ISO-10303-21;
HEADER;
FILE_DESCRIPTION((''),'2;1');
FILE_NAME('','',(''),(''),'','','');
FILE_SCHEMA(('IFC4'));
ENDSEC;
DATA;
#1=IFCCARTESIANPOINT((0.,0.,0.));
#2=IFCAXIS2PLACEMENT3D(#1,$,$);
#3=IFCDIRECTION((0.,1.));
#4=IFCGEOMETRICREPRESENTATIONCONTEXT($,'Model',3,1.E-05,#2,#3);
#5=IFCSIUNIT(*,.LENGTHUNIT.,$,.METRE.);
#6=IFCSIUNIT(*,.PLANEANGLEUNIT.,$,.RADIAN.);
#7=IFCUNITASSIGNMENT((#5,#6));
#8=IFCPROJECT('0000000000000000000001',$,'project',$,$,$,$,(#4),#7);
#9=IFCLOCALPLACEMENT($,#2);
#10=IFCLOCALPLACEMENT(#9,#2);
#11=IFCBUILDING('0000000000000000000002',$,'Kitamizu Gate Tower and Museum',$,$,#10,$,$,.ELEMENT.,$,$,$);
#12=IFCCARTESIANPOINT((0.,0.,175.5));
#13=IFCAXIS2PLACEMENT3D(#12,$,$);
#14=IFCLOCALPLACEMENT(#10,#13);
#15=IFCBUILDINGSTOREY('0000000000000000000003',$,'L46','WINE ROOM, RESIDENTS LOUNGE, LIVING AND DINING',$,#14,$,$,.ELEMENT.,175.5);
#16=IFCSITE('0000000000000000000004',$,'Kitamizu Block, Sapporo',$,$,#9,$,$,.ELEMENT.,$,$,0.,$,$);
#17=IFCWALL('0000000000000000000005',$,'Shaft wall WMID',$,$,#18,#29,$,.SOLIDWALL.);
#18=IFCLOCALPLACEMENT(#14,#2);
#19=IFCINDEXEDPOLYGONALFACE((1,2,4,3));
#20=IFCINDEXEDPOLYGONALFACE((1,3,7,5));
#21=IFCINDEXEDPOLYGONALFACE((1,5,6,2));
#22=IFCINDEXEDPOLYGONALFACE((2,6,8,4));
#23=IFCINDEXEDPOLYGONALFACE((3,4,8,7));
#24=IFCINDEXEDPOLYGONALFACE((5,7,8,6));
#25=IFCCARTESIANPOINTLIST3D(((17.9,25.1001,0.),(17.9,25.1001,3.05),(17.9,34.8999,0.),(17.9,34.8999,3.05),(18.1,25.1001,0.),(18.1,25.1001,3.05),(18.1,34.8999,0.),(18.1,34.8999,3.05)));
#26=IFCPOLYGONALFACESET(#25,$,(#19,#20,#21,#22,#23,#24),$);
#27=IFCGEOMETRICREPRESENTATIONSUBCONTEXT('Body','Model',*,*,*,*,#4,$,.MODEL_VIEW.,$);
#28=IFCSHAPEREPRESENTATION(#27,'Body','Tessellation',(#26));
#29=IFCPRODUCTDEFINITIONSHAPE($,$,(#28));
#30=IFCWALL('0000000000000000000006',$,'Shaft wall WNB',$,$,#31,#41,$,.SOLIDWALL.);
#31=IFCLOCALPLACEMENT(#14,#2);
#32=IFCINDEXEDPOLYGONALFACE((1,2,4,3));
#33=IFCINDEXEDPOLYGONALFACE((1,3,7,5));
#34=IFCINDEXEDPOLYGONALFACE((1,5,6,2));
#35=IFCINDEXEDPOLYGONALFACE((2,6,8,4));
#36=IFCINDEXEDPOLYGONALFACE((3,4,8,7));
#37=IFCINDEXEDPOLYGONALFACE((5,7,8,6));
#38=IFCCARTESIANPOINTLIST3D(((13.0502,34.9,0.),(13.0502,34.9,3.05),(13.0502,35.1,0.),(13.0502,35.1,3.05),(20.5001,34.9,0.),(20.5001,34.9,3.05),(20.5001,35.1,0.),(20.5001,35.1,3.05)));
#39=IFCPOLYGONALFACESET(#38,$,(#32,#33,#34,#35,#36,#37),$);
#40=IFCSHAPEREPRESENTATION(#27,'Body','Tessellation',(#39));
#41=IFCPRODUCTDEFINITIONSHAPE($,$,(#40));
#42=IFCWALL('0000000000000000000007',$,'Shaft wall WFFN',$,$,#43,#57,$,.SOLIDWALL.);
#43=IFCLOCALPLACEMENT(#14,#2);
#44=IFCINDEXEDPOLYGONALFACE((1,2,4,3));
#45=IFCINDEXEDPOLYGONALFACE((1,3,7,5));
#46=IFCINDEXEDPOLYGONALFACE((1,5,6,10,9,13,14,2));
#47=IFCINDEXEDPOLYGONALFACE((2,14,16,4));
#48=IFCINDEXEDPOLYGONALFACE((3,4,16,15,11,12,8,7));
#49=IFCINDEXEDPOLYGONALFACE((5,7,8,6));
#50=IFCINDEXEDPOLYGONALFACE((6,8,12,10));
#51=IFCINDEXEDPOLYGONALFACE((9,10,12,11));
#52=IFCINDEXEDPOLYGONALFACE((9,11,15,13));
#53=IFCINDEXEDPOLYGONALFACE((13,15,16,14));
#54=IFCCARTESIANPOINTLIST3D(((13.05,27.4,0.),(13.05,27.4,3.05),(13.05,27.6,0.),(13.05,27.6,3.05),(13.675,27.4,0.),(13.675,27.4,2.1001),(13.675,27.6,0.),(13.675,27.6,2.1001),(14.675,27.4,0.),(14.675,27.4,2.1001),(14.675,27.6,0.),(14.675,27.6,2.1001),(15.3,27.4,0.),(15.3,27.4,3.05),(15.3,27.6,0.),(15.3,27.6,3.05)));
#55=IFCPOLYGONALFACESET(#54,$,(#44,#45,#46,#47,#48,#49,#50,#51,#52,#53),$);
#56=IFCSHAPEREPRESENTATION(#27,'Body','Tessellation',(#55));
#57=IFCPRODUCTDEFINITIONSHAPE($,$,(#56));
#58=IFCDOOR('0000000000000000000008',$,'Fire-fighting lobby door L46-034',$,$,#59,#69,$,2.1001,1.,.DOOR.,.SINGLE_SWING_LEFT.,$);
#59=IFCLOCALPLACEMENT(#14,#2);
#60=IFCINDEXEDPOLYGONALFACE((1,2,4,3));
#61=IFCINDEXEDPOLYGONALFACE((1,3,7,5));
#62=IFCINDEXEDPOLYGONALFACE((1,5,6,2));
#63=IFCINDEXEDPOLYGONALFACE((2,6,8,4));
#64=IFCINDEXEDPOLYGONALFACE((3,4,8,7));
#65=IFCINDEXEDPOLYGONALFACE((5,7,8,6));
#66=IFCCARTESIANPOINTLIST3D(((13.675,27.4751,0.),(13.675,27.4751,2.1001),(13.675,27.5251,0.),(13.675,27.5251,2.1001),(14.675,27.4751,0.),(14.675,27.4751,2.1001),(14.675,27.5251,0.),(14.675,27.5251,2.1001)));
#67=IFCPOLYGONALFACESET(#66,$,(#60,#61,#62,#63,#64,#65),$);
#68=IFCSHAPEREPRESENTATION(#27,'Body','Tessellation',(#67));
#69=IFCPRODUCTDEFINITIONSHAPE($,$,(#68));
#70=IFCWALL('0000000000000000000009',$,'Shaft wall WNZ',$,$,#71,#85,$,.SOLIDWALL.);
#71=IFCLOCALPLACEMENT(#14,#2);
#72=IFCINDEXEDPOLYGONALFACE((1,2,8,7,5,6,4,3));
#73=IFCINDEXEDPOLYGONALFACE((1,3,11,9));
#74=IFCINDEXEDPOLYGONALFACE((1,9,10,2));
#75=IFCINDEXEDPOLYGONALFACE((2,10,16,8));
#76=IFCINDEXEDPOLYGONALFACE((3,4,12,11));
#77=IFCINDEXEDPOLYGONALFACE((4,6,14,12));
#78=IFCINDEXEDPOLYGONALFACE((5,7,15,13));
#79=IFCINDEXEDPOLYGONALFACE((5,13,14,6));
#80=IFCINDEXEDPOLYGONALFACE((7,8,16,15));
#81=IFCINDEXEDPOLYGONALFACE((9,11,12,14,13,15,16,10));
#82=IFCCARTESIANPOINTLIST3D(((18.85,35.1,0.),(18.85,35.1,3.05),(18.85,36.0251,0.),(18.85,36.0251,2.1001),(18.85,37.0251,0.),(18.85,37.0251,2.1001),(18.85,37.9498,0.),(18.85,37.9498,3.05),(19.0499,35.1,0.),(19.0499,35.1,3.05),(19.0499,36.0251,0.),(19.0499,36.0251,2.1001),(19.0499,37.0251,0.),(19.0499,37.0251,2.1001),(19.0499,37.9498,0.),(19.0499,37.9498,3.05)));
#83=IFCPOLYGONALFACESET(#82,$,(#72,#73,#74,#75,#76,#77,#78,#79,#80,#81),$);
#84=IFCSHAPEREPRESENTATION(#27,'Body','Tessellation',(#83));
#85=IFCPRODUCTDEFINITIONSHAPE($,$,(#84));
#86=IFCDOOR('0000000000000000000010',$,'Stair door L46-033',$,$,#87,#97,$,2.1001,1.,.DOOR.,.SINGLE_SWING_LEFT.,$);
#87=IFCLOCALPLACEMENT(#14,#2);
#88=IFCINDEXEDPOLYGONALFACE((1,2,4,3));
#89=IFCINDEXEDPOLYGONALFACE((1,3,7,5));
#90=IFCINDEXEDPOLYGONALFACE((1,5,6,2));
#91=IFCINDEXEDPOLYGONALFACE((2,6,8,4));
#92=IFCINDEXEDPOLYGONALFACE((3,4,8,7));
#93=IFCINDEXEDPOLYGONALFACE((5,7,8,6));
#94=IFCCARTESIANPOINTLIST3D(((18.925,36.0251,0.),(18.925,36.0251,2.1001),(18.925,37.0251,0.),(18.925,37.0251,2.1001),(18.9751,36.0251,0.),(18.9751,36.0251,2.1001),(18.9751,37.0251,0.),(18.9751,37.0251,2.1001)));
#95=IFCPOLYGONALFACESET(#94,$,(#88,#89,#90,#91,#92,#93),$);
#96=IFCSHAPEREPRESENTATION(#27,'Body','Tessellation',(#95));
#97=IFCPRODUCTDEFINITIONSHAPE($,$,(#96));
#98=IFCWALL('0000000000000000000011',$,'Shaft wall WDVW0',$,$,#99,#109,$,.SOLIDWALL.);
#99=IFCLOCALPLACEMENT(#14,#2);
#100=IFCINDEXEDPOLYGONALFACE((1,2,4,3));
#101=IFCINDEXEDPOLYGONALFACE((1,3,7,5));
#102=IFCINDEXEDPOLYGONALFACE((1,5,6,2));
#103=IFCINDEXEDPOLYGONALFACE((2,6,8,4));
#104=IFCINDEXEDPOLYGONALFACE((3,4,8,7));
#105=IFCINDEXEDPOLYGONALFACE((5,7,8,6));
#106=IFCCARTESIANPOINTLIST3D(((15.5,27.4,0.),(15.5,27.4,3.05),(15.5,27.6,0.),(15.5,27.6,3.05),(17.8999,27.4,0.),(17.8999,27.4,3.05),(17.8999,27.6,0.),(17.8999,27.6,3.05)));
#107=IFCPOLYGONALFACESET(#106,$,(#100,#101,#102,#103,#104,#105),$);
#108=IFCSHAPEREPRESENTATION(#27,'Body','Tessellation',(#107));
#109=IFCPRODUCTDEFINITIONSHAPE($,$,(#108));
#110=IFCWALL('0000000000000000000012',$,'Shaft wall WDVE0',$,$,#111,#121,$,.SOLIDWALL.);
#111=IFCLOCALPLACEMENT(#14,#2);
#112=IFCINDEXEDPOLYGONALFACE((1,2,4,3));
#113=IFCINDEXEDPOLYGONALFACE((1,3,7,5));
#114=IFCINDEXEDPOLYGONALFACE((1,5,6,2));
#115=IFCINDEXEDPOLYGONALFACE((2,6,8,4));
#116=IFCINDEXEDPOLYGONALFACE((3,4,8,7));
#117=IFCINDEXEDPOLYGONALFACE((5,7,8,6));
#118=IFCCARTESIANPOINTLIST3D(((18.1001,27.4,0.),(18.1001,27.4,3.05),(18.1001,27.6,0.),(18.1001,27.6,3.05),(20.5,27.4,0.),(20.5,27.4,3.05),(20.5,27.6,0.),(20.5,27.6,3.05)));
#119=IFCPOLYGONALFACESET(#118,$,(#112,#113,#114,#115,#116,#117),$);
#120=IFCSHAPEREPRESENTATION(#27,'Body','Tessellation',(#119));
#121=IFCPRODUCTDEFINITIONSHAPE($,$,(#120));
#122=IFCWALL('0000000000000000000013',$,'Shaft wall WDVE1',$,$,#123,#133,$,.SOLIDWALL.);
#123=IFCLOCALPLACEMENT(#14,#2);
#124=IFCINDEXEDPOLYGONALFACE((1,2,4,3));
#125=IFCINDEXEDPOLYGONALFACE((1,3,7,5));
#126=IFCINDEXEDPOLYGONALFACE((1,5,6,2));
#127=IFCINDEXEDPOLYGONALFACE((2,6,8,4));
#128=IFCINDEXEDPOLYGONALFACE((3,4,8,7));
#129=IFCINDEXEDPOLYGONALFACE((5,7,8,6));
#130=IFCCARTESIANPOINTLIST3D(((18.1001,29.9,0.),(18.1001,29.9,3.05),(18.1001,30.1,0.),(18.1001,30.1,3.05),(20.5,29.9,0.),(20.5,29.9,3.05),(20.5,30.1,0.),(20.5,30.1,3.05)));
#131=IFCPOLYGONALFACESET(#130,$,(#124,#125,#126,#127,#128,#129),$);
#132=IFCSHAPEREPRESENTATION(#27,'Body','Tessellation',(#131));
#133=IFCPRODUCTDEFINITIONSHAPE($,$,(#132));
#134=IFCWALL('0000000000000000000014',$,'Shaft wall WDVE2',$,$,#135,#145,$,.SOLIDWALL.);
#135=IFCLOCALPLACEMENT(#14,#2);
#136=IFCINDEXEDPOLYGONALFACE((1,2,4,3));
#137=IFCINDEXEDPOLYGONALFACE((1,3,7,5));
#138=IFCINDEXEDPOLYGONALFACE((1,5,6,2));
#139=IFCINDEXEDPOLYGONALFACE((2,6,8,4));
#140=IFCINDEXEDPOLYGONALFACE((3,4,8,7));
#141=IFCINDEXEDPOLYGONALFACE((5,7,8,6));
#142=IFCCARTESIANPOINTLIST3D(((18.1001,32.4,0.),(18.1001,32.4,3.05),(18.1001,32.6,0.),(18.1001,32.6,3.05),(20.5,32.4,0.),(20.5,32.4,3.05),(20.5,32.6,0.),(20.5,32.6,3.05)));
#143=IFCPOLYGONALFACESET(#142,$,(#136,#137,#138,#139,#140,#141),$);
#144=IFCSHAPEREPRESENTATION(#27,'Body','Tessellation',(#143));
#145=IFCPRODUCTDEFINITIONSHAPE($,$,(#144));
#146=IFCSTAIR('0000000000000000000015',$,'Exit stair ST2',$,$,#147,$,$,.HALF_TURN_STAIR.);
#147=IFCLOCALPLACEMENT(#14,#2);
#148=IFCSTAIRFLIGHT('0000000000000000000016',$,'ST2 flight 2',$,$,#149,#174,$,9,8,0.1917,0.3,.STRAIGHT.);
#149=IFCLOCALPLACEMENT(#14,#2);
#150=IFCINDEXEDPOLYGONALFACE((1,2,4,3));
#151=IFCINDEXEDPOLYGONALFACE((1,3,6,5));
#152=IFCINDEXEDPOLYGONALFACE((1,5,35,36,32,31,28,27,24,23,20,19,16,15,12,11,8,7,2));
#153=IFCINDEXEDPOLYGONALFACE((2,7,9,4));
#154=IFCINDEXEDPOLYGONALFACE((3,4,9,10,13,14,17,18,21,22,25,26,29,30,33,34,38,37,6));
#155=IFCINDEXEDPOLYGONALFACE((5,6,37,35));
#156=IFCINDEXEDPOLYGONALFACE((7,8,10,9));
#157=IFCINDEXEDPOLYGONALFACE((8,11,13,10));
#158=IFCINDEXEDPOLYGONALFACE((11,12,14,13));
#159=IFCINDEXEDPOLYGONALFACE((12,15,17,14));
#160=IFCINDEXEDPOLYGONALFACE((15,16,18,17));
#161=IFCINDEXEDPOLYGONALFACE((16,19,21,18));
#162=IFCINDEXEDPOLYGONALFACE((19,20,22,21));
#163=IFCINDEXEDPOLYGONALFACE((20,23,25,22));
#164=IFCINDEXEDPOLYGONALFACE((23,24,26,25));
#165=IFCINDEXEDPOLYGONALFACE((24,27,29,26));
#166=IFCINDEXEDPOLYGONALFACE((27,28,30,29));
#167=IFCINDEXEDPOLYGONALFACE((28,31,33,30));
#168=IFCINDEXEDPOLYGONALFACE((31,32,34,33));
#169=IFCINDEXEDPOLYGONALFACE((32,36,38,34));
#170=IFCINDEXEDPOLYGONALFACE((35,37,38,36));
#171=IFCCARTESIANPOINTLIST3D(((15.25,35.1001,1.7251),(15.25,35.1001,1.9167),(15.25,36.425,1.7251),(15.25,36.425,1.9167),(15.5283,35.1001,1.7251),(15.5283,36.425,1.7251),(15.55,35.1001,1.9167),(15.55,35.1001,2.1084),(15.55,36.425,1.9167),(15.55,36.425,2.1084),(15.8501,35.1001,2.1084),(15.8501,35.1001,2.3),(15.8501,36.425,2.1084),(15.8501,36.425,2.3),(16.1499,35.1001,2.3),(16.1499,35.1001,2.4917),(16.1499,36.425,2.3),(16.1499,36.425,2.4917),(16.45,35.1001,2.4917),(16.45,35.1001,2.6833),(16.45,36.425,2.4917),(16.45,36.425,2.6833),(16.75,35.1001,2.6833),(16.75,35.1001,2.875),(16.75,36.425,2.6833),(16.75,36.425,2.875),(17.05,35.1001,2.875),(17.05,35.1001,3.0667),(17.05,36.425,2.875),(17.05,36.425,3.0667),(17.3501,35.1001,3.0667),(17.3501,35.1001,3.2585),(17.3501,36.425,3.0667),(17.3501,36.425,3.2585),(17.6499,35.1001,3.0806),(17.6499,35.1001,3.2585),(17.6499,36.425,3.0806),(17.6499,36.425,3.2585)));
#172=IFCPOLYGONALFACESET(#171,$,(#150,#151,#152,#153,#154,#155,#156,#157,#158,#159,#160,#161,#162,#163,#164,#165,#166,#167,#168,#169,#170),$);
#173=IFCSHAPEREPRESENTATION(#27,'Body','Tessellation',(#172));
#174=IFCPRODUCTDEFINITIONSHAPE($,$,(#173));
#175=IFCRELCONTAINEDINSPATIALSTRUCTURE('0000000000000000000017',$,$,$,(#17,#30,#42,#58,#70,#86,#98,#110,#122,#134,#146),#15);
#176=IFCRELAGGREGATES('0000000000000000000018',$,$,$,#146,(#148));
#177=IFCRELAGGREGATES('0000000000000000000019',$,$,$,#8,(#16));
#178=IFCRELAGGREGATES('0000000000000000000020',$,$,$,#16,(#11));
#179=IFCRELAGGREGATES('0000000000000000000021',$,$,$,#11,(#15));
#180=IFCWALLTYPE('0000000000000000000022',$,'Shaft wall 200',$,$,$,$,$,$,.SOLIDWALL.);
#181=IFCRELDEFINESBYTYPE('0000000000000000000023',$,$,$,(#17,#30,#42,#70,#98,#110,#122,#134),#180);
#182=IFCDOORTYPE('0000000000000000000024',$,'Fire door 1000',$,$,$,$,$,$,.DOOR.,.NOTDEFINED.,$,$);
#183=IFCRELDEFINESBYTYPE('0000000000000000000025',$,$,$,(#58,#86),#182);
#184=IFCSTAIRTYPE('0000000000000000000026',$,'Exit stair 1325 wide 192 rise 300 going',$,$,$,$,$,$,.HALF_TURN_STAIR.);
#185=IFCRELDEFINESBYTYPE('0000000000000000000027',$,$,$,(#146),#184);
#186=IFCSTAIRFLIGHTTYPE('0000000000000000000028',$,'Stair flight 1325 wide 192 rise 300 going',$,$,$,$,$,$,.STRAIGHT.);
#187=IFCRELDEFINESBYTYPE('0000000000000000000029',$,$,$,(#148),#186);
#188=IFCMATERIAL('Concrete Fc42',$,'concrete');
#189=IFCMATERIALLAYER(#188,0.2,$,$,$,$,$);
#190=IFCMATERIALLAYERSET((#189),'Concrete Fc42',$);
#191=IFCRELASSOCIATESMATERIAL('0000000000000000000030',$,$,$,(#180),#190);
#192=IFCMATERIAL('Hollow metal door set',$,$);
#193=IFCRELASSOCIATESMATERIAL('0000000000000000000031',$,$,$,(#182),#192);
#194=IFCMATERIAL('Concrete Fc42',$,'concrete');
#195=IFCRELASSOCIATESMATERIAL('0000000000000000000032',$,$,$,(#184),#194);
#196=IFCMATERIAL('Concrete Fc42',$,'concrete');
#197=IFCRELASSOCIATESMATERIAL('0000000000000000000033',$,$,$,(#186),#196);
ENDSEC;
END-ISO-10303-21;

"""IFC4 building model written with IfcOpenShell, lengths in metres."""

from ifc_helpers import new_model, si_unit, direction, frame, frame_2d, origin, place, context, subcontext, project, spatial, polyline, rectangle, outline, extrude, material, layer, layer_set, type_object, element, fill, aggregate, save


model = new_model("IFC4")

# Units and contexts
model_context = context("Model", 3, precision=1e-05, world=origin(), true_north=direction((0.0, 1.0)))
body_context = subcontext(model_context, "Body", "Model", "MODEL_VIEW")
ifc_project = project(units=[si_unit("LENGTHUNIT", "METRE"), si_unit("PLANEANGLEUNIT", "RADIAN")], contexts=[model_context])

# Site, building, storey
site_placement = place(None, origin())
site = spatial("IfcSite", under=ifc_project, at=site_placement, Name="Kitamizu Block, Sapporo", CompositionType="ELEMENT", RefElevation=0.0)
building_placement = place(site_placement, origin())
building = spatial("IfcBuilding", under=site, at=building_placement, Name="Kitamizu Gate Tower and Museum", CompositionType="ELEMENT")
storey_placement = place(building_placement, frame((0.0, 0.0, 175.5)))
storey = spatial("IfcBuildingStorey", under=building, at=storey_placement, Name="L46", Description="WINE ROOM, RESIDENTS LOUNGE, LIVING AND DINING", CompositionType="ELEMENT", Elevation=175.5)

# Shared definitions
ifc_material_1 = material(Name="Concrete Fc42", Category="concrete")
ifc_layer_1 = layer(ifc_material_1, 0.2)
ifc_layer_set_1 = layer_set([ifc_layer_1], Name="Concrete Fc42")
wall_type_1 = type_object("IfcWallType", Name="Shaft wall 200", PredefinedType="SOLIDWALL", material=ifc_layer_set_1)
ifc_material_2 = material(Name="Hollow metal door set")
door_type_1 = type_object("IfcDoorType", Name="Fire door 1000", OperationType="NOTDEFINED", PredefinedType="DOOR", material=ifc_material_2)

# Walls
wall_1_placement = place(storey_placement, frame((18.0, 25.1001, 0.0), z_axis=(0.0, 0.0, 1.0), x_axis=(0.0, 1.0, 0.0)))
element("IfcWall", 1, at=wall_1_placement, inside=storey, type_object=wall_type_1, Name="Shaft wall WMID", PredefinedType="SOLIDWALL", context=body_context, shape_type="SweptSolid", body=[
    extrude(rectangle(XDim=9.7998, YDim=0.2, at=frame_2d((4.8999, 0.0))), origin(), (0.0, 0.0, 1.0), 3.05),
])
wall_2_placement = place(storey_placement, frame((13.05, 35.0, 0.0), z_axis=(0.0, 0.0, 1.0), x_axis=(1.0, 0.0, 0.0)))
element("IfcWall", 2, at=wall_2_placement, inside=storey, type_object=wall_type_1, Name="Shaft wall WNB", PredefinedType="SOLIDWALL", context=body_context, shape_type="SweptSolid", body=[
    extrude(rectangle(XDim=7.45, YDim=0.2, at=frame_2d((3.7251, 0.0))), origin(), (0.0, 0.0, 1.0), 3.05),
])

# Walls, openings, doors
wall_3_placement = place(storey_placement, frame((13.05, 27.5, 0.0), z_axis=(0.0, 0.0, 1.0), x_axis=(1.0, 0.0, 0.0)))
wall_3 = element("IfcWall", 3, at=wall_3_placement, inside=storey, type_object=wall_type_1, Name="Shaft wall WFFN", PredefinedType="SOLIDWALL", context=body_context, shape_type="SweptSolid", body=[
    extrude(rectangle(XDim=2.25, YDim=0.2, at=frame_2d((1.125, 0.0))), origin(), (0.0, 0.0, 1.0), 3.05),
])
opening_1_placement = place(wall_3_placement, frame((0.625, 0.0, 0.0)))
opening_1 = element("IfcOpeningElement", 4, at=opening_1_placement, cuts=wall_3, PredefinedType="OPENING", context=body_context, shape_type="SweptSolid", body=[
    extrude(rectangle(XDim=1.0, YDim=2.1001, at=frame_2d((0.5, 1.05))), frame((0.0, 0.1099, 0.0), z_axis=(0.0, -1.0, 0.0), x_axis=(1.0, 0.0, 0.0)), (0.0, 0.0, 1.0), 0.22),
])
door_1_placement = place(opening_1_placement, frame((1.0, 0.0, 0.0), x_axis=(-1.0, 0.0, 0.0)))
door_1 = element("IfcDoor", 5, at=door_1_placement, inside=storey, type_object=door_type_1, Name="Fire-fighting lobby door L46-034", OperationType="SINGLE_SWING_LEFT", OverallHeight=2.1001, OverallWidth=1.0, PredefinedType="DOOR", context=body_context, shape_type="SweptSolid", body=[
    extrude(rectangle(XDim=1.0, YDim=2.1001, at=frame_2d((0.5, 1.05))), frame((0.0, 0.0249, 0.0), z_axis=(0.0, -1.0, 0.0), x_axis=(1.0, 0.0, 0.0)), (0.0, 0.0, 1.0), 0.05),
])
fill(opening_1, door_1)
wall_4_placement = place(storey_placement, frame((18.95, 35.1001, 0.0), z_axis=(0.0, 0.0, 1.0), x_axis=(0.0, 1.0, 0.0)))
wall_4 = element("IfcWall", 6, at=wall_4_placement, inside=storey, type_object=wall_type_1, Name="Shaft wall WNZ", PredefinedType="SOLIDWALL", context=body_context, shape_type="SweptSolid", body=[
    extrude(rectangle(XDim=2.8499, YDim=0.2, at=frame_2d((1.4248, 0.0))), origin(), (0.0, 0.0, 1.0), 3.05),
])
opening_2_placement = place(wall_4_placement, frame((0.925, 0.0, 0.0)))
opening_2 = element("IfcOpeningElement", 7, at=opening_2_placement, cuts=wall_4, PredefinedType="OPENING", context=body_context, shape_type="SweptSolid", body=[
    extrude(rectangle(XDim=1.0, YDim=2.1001, at=frame_2d((0.5, 1.05))), frame((0.0, 0.1099, 0.0), z_axis=(0.0, -1.0, 0.0), x_axis=(1.0, 0.0, 0.0)), (0.0, 0.0, 1.0), 0.22),
])
door_2_placement = place(opening_2_placement, origin())
door_2 = element("IfcDoor", 8, at=door_2_placement, inside=storey, type_object=door_type_1, Name="Stair door L46-033", OperationType="SINGLE_SWING_LEFT", OverallHeight=2.1001, OverallWidth=1.0, PredefinedType="DOOR", context=body_context, shape_type="SweptSolid", body=[
    extrude(rectangle(XDim=1.0, YDim=2.1001, at=frame_2d((0.5, 1.05))), frame((0.0, 0.0249, 0.0), z_axis=(0.0, -1.0, 0.0), x_axis=(1.0, 0.0, 0.0)), (0.0, 0.0, 1.0), 0.05),
])
fill(opening_2, door_2)

# Walls
for number, where, z_axis, x_axis, name in (
    (9, (15.5, 27.5, 0.0), (0.0, 0.0, 1.0), (1.0, 0.0, 0.0), "Shaft wall WDVW0"),
    (10, (18.1001, 27.5, 0.0), (0.0, 0.0, 1.0), (1.0, 0.0, 0.0), "Shaft wall WDVE0"),
    (11, (18.1001, 30.0, 0.0), (0.0, 0.0, 1.0), (1.0, 0.0, 0.0), "Shaft wall WDVE1"),
    (12, (18.1001, 32.5, 0.0), (0.0, 0.0, 1.0), (1.0, 0.0, 0.0), "Shaft wall WDVE2"),
):
    element("IfcWall", number, at=place(storey_placement, frame(where, z_axis=z_axis, x_axis=x_axis)), inside=storey, type_object=wall_type_1, Name=name, PredefinedType="SOLIDWALL", context=body_context, shape_type="SweptSolid", body=[
        extrude(rectangle(XDim=2.3999, YDim=0.2, at=frame_2d((1.2, 0.0))), origin(), (0.0, 0.0, 1.0), 3.05),
    ])

# Stair, stair flight
ifc_material_3 = material(Name="Concrete Fc42", Category="concrete")
stair_type = type_object("IfcStairType", Name="Exit stair 1325 wide 192 rise 300 going", PredefinedType="HALF_TURN_STAIR", material=ifc_material_3)
stair_placement = place(storey_placement, origin())
stair = element("IfcStair", 13, at=stair_placement, inside=storey, type_object=stair_type, Name="Exit stair ST2", PredefinedType="HALF_TURN_STAIR")
ifc_material_4 = material(Name="Concrete Fc42", Category="concrete")
stair_flight_type = type_object("IfcStairFlightType", Name="Stair flight 1325 wide 192 rise 300 going", PredefinedType="STRAIGHT", material=ifc_material_4)
stair_flight_placement = place(storey_placement, frame((15.25, 35.7625, 1.7251), z_axis=(0.0, 0.0, 1.0), x_axis=(1.0, 0.0, 0.0)))
stair_flight = element("IfcStairFlight", 14, at=stair_flight_placement, type_object=stair_flight_type, Name="ST2 flight 2", NumberOfRisers=9, NumberOfTreads=8, PredefinedType="STRAIGHT", RiserHeight=0.1917, TreadLength=0.3, context=body_context, shape_type="SweptSolid", body=[
    extrude(outline(polyline([(0.0, 0.0), (0.0, 0.1917), (0.3, 0.1917), (0.3, 0.3833), (0.6001, 0.3833), (0.6001, 0.575), (0.8999, 0.575), (0.8999, 0.7666), (1.2, 0.7666), (1.2, 0.9583), (1.5, 0.9583), (1.5, 1.1499), (1.8, 1.1499), (1.8, 1.3416), (2.1001, 1.3416), (2.1001, 1.5334), (2.3999, 1.5334), (2.3999, 1.7251), (2.3999, 1.3555), (0.2783, 0.0), (0.0, 0.0)])), frame((0.0, 0.6626, 0.0), z_axis=(0.0, -1.0, 0.0), x_axis=(1.0, 0.0, 0.0)), (0.0, 0.0, 1.0), 1.325),
])
aggregate(stair, [stair_flight])

save(model, "model.ifc")
